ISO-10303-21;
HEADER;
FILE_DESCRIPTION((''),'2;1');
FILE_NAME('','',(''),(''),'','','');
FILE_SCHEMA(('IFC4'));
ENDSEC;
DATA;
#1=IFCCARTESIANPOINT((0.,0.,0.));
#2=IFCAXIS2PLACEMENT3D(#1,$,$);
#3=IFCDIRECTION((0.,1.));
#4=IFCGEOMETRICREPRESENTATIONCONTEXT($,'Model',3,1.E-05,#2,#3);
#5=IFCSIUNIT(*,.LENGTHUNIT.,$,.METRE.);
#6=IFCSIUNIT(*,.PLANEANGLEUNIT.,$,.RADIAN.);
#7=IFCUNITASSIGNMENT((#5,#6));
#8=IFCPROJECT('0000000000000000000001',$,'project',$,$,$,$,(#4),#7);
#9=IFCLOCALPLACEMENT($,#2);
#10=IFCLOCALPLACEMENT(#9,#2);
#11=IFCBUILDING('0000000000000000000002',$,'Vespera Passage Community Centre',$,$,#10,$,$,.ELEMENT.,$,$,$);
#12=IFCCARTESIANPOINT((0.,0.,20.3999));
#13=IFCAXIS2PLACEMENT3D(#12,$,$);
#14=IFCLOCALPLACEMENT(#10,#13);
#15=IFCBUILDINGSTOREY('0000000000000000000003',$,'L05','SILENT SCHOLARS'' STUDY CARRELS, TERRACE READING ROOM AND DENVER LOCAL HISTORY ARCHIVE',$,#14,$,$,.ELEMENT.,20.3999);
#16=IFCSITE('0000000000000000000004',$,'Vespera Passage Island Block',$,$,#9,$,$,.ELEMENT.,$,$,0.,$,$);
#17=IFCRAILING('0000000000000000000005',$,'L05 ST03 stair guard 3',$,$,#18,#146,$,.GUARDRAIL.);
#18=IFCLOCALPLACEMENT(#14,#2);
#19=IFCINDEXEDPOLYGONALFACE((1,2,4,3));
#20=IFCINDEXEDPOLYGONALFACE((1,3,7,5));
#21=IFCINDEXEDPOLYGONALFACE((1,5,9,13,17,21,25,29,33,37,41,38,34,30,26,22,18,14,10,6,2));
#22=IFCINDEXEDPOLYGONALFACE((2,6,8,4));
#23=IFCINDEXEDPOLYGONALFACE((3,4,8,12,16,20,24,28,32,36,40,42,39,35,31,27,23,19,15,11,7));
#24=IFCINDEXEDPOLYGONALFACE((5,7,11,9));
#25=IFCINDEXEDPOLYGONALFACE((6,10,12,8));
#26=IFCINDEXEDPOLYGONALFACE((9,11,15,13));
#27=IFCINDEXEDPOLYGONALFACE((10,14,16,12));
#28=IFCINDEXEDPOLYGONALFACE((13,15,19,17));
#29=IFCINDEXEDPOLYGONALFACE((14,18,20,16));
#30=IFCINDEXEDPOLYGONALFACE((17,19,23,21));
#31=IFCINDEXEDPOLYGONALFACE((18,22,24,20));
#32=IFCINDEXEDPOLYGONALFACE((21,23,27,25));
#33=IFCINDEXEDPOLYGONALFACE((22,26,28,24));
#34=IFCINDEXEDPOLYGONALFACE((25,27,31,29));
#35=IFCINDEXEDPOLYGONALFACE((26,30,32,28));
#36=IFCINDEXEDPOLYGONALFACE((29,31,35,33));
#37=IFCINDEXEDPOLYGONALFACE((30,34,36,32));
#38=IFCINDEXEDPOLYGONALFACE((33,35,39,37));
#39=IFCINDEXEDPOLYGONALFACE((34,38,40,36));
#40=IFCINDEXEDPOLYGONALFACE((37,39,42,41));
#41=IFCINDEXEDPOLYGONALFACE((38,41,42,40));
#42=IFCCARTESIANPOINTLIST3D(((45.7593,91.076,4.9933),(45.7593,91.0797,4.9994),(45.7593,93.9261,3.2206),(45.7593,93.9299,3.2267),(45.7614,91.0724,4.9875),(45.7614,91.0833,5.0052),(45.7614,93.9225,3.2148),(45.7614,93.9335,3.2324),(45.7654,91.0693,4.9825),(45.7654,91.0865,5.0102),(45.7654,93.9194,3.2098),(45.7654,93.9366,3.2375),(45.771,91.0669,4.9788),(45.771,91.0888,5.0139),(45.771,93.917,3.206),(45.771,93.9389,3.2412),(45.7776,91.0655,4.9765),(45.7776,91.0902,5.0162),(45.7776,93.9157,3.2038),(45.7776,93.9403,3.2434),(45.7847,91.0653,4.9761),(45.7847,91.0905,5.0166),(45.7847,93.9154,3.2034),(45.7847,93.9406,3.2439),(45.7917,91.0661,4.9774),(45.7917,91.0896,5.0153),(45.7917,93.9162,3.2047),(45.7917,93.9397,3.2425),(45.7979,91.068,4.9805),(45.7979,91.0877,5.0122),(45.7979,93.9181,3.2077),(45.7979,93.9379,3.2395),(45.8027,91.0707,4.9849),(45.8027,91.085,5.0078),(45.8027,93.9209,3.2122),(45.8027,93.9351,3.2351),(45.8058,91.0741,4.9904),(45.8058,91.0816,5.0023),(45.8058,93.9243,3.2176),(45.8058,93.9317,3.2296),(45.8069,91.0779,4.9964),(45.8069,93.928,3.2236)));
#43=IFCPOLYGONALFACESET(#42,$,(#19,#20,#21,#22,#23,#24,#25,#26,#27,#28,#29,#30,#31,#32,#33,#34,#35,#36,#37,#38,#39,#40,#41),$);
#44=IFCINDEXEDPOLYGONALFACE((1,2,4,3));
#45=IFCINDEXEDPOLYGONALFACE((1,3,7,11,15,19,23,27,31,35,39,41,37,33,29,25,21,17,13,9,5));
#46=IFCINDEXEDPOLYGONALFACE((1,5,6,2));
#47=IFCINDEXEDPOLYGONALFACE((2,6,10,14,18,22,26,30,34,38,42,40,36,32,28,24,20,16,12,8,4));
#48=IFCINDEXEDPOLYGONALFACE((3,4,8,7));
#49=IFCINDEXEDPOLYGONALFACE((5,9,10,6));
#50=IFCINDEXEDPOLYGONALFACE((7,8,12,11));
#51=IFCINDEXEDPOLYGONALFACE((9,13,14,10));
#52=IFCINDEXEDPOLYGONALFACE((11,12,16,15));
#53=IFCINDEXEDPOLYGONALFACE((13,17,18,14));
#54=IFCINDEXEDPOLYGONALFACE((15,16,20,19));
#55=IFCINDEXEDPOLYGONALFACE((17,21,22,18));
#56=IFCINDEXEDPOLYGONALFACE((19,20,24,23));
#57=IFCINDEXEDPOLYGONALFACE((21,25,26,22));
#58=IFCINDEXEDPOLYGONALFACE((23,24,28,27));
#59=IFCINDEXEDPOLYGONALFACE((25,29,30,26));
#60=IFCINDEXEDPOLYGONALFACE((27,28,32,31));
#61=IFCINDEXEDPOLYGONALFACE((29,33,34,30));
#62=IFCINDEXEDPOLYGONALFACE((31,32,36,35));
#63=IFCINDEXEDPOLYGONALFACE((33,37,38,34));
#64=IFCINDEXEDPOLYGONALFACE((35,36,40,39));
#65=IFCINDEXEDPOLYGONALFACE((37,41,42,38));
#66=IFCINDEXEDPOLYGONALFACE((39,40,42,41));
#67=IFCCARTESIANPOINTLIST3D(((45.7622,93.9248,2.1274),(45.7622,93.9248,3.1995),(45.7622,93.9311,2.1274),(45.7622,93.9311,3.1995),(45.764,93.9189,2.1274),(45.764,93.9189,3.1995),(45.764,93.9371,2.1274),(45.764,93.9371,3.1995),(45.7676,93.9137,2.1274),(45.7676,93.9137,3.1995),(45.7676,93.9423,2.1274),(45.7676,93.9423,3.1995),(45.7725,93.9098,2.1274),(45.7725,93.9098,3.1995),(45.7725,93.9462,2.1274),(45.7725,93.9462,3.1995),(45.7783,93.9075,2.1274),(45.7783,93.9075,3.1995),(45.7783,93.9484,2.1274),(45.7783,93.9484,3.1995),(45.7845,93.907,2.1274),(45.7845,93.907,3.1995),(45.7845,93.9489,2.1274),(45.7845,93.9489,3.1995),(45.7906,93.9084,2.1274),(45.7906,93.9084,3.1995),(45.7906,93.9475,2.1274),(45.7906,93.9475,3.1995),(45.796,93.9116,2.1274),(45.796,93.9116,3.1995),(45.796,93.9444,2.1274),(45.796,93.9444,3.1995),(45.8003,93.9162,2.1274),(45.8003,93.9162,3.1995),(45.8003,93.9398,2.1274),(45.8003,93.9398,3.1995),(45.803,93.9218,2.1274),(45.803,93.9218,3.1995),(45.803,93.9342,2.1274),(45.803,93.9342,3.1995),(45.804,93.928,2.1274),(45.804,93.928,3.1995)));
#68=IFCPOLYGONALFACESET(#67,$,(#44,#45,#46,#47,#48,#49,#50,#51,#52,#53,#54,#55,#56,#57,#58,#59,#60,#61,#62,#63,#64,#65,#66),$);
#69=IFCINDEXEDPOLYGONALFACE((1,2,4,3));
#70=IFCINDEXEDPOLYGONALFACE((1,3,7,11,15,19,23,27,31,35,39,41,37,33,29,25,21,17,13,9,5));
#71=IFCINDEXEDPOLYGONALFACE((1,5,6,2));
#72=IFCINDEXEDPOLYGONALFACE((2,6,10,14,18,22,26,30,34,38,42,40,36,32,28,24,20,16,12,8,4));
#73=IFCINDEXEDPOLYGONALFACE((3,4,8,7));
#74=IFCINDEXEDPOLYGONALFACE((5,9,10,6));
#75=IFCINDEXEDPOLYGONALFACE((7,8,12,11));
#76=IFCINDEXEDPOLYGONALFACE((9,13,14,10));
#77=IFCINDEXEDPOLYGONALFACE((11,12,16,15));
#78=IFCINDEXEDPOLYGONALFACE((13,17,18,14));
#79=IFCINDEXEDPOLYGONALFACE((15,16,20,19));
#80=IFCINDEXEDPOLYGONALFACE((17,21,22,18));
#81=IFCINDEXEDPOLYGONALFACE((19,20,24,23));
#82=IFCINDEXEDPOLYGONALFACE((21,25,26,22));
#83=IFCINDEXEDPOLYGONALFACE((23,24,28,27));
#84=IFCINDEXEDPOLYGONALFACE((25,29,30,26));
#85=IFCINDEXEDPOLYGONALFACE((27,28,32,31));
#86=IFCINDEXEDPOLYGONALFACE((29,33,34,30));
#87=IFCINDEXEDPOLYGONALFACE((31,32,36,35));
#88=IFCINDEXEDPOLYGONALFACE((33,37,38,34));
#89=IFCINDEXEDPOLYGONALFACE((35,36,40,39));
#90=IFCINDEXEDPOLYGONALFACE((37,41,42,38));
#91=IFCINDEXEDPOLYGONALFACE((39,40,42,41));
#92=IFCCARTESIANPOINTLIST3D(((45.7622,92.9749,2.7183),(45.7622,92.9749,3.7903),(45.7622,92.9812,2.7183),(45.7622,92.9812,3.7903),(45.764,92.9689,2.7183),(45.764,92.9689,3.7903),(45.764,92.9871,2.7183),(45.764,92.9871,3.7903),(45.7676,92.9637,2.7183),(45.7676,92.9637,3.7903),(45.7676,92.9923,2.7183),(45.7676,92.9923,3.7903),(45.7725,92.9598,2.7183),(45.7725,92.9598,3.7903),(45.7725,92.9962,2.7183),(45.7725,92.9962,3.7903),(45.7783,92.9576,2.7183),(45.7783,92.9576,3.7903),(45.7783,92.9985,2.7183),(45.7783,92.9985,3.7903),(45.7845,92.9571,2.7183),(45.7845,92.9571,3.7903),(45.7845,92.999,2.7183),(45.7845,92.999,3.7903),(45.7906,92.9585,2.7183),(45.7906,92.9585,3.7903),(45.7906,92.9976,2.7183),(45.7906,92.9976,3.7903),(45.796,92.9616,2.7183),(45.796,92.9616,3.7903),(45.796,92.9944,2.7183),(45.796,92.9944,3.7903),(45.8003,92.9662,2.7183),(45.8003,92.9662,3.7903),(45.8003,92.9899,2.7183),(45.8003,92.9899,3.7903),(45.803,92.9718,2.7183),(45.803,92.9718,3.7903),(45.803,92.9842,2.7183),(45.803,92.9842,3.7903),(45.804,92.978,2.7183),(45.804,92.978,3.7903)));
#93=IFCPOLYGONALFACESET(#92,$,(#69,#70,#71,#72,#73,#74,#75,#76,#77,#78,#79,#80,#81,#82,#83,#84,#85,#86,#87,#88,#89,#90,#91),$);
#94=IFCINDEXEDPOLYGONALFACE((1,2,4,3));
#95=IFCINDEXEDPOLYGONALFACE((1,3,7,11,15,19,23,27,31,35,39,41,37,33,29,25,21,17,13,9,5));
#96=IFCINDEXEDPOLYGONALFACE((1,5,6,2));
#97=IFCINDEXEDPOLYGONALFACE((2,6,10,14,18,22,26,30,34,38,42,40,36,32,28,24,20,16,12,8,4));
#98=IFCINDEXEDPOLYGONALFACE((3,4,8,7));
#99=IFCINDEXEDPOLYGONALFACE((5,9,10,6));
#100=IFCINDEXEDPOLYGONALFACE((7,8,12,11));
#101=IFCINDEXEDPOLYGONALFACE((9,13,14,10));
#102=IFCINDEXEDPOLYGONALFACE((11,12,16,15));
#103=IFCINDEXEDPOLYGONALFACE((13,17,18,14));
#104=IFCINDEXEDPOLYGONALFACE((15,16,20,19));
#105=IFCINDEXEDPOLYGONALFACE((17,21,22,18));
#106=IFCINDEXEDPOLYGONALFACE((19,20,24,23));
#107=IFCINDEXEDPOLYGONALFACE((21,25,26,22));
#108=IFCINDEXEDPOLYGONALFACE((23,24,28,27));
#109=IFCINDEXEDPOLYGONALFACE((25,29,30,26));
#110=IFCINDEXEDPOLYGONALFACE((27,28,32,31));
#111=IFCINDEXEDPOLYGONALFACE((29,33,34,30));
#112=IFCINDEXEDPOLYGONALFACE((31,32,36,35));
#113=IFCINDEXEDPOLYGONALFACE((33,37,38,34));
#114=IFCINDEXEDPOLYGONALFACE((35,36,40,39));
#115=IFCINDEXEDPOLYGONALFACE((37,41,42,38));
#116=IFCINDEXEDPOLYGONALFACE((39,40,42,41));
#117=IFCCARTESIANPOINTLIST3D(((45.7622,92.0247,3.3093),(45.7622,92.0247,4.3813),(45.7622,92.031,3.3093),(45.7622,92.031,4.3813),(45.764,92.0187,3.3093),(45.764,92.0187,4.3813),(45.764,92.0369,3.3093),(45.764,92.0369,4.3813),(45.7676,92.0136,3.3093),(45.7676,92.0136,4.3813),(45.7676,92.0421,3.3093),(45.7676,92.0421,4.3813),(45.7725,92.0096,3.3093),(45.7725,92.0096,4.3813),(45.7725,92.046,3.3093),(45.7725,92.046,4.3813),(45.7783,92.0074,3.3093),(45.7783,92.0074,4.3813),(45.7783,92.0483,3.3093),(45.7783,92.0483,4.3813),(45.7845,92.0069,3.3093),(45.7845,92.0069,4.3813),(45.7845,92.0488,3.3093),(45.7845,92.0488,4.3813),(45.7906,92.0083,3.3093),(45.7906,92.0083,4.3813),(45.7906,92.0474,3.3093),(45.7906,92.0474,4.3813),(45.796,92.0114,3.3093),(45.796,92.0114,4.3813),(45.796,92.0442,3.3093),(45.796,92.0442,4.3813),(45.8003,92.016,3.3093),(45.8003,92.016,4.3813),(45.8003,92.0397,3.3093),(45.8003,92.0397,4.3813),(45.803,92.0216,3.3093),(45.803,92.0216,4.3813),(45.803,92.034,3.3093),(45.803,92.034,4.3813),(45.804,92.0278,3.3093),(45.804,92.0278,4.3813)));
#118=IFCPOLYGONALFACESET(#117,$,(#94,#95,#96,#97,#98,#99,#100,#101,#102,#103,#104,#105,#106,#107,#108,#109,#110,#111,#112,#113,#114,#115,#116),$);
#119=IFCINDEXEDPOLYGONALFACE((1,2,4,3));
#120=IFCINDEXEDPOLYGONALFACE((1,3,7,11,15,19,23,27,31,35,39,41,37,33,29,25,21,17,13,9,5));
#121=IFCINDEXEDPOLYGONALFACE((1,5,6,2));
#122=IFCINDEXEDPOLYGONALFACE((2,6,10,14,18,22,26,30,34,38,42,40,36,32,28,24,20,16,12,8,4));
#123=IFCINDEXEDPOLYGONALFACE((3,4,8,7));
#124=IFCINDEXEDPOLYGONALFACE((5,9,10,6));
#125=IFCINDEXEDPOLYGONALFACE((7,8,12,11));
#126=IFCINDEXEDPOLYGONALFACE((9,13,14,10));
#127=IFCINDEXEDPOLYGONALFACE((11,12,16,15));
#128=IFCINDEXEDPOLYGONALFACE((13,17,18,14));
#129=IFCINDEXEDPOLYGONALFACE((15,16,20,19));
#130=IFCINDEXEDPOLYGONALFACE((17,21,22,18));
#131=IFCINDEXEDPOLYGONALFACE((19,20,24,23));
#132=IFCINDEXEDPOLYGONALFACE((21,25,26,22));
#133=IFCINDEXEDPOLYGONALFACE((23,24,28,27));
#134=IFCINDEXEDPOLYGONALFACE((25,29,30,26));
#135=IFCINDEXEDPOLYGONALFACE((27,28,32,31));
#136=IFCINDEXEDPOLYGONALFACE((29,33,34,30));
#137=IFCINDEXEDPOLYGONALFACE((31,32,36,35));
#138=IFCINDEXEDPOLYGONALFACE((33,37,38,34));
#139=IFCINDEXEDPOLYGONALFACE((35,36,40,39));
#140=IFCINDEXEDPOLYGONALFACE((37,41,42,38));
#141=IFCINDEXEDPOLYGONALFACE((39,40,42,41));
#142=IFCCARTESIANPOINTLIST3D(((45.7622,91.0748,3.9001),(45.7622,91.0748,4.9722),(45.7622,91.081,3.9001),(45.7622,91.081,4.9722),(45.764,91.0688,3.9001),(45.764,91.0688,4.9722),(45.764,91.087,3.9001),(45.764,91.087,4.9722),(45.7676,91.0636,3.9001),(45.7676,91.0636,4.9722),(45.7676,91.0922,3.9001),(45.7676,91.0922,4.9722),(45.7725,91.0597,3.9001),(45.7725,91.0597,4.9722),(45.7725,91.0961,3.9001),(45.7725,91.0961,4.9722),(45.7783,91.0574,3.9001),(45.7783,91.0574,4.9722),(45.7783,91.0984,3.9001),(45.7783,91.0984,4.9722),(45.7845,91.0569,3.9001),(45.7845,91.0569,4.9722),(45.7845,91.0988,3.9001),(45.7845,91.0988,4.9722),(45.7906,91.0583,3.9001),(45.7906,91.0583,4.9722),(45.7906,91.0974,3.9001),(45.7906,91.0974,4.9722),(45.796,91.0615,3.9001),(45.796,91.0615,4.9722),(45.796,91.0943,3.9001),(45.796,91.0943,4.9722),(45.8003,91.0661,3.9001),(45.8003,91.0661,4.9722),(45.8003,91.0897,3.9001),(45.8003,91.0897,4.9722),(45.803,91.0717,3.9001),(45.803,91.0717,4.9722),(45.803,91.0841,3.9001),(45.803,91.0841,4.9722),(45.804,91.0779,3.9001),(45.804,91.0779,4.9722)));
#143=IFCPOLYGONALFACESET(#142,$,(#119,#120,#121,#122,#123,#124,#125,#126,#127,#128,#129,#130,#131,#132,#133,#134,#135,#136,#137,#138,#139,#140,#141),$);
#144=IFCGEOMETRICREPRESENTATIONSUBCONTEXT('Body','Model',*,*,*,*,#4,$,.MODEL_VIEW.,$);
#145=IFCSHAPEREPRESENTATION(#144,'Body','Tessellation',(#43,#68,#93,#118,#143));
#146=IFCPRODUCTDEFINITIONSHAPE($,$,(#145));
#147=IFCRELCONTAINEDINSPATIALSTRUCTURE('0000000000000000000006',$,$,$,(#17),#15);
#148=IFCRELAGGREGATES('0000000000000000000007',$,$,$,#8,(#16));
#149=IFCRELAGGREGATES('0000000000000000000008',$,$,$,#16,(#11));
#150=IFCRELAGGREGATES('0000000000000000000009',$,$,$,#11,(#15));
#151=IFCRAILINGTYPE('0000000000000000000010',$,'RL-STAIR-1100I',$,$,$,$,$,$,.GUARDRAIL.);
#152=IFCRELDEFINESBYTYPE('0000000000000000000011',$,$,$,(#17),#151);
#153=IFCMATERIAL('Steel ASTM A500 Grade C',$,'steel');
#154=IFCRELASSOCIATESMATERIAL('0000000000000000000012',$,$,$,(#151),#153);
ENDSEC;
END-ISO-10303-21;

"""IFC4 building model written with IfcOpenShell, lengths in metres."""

from ifc_helpers import new_model, si_unit, direction, frame, origin, origin_2d, place, context, subcontext, project, spatial, circle, extrude, material, type_object, element, save


model = new_model("IFC4")

# Units and contexts
model_context = context("Model", 3, precision=1e-05, world=origin(), true_north=direction((0.0, 1.0)))
body_context = subcontext(model_context, "Body", "Model", "MODEL_VIEW")
ifc_project = project(units=[si_unit("LENGTHUNIT", "METRE"), si_unit("PLANEANGLEUNIT", "RADIAN")], contexts=[model_context])

# Site, building, storey
site_placement = place(None, origin())
site = spatial("IfcSite", under=ifc_project, at=site_placement, Name="Vespera Passage Island Block", CompositionType="ELEMENT", RefElevation=0.0)
building_placement = place(site_placement, origin())
building = spatial("IfcBuilding", under=site, at=building_placement, Name="Vespera Passage Community Centre", CompositionType="ELEMENT")
storey_placement = place(building_placement, frame((0.0, 0.0, 20.3999)))
storey = spatial("IfcBuildingStorey", under=building, at=storey_placement, Name="L05", Description="SILENT SCHOLARS' STUDY CARRELS, TERRACE READING ROOM AND DENVER LOCAL HISTORY ARCHIVE", CompositionType="ELEMENT", Elevation=20.3999)

# Railing
ifc_material_1 = material(Name="Steel ASTM A500 Grade C", Category="steel")
railing_type_1 = type_object("IfcRailingType", Name="RL-STAIR-1100I", PredefinedType="GUARDRAIL", material=ifc_material_1)
railing_1_placement = place(storey_placement, frame((45.783, 93.928, 2.1274)))
element("IfcRailing", 1, at=railing_1_placement, inside=storey, type_object=railing_type_1, Name="L05 ST03 stair guard 3", PredefinedType="GUARDRAIL", context=body_context, shape_type="SweptSolid", body=[
    extrude(circle(Radius=0.0239, at=origin_2d()), frame((0.0, 0.0, 1.0962), z_axis=(0.0, -0.849149, 0.528154), x_axis=(1.0, 0.0, 0.0)), (0.0, 0.0, 1.0), 3.3564),
    extrude(circle(Radius=0.021, at=origin_2d()), origin(), (0.0, 0.0, 1.0), 1.072),
    extrude(circle(Radius=0.021, at=origin_2d()), frame((0.0, -0.95, 0.5908)), (0.0, 0.0, 1.0), 1.072),
    extrude(circle(Radius=0.021, at=origin_2d()), frame((0.0, -1.9001, 1.1819)), (0.0, 0.0, 1.0), 1.072),
    extrude(circle(Radius=0.021, at=origin_2d()), frame((0.0, -2.8501, 1.7727)), (0.0, 0.0, 1.0), 1.072),
])

save(model, "model.ifc")
